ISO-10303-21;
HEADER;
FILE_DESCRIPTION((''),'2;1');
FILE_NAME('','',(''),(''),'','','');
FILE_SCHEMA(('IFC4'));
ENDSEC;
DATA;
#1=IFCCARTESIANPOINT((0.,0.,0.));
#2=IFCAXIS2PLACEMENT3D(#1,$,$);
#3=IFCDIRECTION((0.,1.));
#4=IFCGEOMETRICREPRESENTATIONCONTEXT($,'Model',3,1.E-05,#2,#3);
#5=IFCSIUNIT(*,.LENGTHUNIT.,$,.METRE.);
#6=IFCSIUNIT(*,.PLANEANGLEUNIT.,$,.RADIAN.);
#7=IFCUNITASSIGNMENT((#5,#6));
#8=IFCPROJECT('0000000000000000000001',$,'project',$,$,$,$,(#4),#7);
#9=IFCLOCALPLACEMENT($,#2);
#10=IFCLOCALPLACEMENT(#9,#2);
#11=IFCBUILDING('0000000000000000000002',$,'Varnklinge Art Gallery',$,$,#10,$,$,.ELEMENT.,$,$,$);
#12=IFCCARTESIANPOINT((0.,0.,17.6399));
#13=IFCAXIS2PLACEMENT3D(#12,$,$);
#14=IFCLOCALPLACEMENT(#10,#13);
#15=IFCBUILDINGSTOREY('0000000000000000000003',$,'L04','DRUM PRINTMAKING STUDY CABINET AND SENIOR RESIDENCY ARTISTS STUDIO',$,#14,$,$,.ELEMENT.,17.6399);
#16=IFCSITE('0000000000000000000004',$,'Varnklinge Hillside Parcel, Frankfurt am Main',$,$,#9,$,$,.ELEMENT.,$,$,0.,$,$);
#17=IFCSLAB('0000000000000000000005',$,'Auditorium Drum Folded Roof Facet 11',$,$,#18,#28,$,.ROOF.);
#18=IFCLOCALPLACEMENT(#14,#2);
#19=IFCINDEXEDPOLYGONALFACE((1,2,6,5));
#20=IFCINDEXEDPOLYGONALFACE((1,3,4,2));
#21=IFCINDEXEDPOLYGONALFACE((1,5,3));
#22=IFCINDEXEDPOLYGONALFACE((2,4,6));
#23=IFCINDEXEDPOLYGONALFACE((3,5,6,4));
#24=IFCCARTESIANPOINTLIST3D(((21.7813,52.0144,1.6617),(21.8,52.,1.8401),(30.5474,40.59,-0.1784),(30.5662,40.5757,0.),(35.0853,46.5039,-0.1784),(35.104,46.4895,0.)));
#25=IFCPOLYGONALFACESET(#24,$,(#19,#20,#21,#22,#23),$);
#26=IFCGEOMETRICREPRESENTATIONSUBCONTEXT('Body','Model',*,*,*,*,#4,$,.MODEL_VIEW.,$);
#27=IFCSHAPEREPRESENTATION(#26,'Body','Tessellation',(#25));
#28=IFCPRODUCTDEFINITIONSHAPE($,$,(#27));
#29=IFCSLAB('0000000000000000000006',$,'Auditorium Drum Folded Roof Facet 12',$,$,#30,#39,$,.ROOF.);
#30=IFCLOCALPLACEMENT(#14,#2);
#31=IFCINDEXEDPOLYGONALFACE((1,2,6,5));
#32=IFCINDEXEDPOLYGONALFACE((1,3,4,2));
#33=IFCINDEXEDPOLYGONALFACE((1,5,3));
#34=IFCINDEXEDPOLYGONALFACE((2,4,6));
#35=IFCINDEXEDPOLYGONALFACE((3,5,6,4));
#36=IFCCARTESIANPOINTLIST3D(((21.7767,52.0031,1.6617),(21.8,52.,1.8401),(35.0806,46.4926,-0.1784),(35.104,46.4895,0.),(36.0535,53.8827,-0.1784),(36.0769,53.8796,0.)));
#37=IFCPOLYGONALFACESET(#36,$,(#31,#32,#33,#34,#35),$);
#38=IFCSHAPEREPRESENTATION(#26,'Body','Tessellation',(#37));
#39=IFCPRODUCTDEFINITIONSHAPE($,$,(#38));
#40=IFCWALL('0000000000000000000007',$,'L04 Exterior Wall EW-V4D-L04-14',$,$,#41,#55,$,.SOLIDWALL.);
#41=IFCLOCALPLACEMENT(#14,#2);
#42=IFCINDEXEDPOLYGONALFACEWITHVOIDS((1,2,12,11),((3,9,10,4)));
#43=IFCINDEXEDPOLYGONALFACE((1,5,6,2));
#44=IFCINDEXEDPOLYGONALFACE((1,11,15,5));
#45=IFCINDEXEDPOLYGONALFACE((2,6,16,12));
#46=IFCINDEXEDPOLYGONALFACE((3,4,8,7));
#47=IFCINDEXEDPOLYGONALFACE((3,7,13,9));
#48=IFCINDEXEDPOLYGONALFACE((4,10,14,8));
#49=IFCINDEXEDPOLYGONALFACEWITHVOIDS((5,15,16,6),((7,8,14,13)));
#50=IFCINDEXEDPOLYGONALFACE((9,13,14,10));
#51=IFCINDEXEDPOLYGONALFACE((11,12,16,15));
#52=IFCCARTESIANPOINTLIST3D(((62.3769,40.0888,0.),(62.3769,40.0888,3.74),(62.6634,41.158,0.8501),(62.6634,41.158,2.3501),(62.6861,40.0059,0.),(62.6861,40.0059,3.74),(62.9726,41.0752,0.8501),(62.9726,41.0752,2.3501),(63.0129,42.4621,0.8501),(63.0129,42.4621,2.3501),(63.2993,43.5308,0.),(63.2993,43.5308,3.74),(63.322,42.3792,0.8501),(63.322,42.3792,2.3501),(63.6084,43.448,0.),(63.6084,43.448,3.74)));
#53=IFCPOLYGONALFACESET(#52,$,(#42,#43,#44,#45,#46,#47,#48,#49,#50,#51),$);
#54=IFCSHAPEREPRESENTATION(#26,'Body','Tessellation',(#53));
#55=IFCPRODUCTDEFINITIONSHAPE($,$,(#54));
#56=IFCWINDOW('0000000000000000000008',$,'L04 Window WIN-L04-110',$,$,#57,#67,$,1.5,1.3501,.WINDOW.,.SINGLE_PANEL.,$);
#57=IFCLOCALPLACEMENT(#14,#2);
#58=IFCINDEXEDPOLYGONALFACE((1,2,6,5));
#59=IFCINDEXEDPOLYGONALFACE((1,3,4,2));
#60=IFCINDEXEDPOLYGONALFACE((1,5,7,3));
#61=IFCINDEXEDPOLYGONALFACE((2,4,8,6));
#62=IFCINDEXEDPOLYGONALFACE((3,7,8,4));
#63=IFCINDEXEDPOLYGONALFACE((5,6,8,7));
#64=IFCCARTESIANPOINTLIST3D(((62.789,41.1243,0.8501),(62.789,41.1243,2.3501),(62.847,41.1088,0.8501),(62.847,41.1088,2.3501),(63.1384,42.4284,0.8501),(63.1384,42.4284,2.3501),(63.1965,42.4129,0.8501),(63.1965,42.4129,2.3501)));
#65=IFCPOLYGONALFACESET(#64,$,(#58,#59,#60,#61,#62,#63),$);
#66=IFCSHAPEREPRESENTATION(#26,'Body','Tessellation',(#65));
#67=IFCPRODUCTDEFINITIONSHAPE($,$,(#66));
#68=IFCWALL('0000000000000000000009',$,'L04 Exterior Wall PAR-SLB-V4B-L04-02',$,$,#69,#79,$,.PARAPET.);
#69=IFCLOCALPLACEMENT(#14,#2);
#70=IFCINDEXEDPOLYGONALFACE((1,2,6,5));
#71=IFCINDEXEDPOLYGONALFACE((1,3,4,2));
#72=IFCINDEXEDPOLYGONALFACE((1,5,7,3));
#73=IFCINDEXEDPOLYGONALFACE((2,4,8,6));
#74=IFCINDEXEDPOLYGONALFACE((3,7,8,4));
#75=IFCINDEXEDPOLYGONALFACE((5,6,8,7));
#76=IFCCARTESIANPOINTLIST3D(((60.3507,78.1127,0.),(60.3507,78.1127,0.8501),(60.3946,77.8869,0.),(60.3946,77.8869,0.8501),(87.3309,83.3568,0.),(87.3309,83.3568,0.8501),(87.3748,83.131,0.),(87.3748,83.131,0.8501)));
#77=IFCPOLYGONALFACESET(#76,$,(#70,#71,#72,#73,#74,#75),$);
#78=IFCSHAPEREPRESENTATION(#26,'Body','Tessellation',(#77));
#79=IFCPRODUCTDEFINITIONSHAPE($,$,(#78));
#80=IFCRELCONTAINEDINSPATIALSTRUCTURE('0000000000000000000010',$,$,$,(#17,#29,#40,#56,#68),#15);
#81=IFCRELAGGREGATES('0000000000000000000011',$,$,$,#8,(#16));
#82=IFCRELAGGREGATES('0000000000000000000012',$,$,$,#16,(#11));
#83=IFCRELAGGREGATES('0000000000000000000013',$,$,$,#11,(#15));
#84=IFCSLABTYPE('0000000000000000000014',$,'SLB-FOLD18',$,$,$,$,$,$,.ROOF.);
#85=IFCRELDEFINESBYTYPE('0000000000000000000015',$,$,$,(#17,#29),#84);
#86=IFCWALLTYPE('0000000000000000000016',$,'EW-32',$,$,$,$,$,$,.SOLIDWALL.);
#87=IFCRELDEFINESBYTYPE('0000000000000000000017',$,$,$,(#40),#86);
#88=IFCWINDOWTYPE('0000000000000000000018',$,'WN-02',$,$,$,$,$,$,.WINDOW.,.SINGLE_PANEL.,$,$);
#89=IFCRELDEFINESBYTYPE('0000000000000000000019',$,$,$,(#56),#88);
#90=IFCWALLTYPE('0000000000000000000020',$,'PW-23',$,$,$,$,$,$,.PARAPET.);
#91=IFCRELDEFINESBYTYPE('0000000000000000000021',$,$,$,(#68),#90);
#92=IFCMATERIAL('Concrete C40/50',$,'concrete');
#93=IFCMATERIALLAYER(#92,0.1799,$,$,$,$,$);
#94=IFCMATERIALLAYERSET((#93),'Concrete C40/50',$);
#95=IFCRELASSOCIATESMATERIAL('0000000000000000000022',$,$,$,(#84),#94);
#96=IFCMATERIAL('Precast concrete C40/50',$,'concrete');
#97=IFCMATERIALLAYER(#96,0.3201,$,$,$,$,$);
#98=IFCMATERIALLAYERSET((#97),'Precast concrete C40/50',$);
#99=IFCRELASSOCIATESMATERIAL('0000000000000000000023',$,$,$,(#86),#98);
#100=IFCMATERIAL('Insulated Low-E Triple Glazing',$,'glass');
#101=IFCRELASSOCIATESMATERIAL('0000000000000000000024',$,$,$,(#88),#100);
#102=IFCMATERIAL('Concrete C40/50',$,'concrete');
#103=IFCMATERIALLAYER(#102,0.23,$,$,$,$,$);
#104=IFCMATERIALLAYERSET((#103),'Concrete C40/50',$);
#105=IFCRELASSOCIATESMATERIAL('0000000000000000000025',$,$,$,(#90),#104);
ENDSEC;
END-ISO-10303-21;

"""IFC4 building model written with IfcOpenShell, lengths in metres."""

from ifc_helpers import new_model, si_unit, direction, frame, frame_2d, origin, place, context, subcontext, project, spatial, polyline, rectangle, outline, extrude, material, layer, layer_set, type_object, element, fill, save


model = new_model("IFC4")

# Units and contexts
model_context = context("Model", 3, precision=1e-05, world=origin(), true_north=direction((0.0, 1.0)))
body_context = subcontext(model_context, "Body", "Model", "MODEL_VIEW")
ifc_project = project(units=[si_unit("LENGTHUNIT", "METRE"), si_unit("PLANEANGLEUNIT", "RADIAN")], contexts=[model_context])

# Site, building, storey
site_placement = place(None, origin())
site = spatial("IfcSite", under=ifc_project, at=site_placement, Name="Varnklinge Hillside Parcel, Frankfurt am Main", CompositionType="ELEMENT", RefElevation=0.0)
building_placement = place(site_placement, origin())
building = spatial("IfcBuilding", under=site, at=building_placement, Name="Varnklinge Art Gallery", CompositionType="ELEMENT")
storey_placement = place(building_placement, frame((0.0, 0.0, 17.6399)))
storey = spatial("IfcBuildingStorey", under=building, at=storey_placement, Name="L04", Description="DRUM PRINTMAKING STUDY CABINET AND SENIOR RESIDENCY ARTISTS STUDIO", CompositionType="ELEMENT", Elevation=17.6399)

# Slabs
ifc_material_1 = material(Name="Concrete C40/50", Category="concrete")
ifc_layer_1 = layer(ifc_material_1, 0.1799)
ifc_layer_set_1 = layer_set([ifc_layer_1], Name="Concrete C40/50")
slab_type = type_object("IfcSlabType", Name="SLB-FOLD18", PredefinedType="ROOF", material=ifc_layer_set_1)
slab_1_placement = place(storey_placement, frame((30.5662, 40.5757, 0.0), z_axis=(0.104048, -0.079839, 0.991363), x_axis=(0.608762, 0.793353, 0.0)))
element("IfcSlab", 1, at=slab_1_placement, inside=storey, type_object=slab_type, Name="Auditorium Drum Folded Roof Facet 11", PredefinedType="ROOF", context=body_context, shape_type="SweptSolid", body=[
    extrude(outline(polyline([(0.0, 0.0), (7.4542, 0.0), (3.727, 14.0305), (0.0, 0.0)])), origin(), (0.0, 0.0, -1.0), 0.1799),
])
slab_2_placement = place(storey_placement, frame((35.104, 46.4895, 0.0), z_axis=(0.130027, -0.017118, 0.991363), x_axis=(0.130522, 0.991445, 0.0)))
element("IfcSlab", 2, at=slab_2_placement, inside=storey, type_object=slab_type, Name="Auditorium Drum Folded Roof Facet 12", PredefinedType="ROOF", context=body_context, shape_type="SweptSolid", body=[
    extrude(outline(polyline([(0.0, 0.0), (7.4539, 0.0), (3.7269, 14.0306), (0.0, 0.0)])), origin(), (0.0, 0.0, -1.0), 0.1799),
])

# Wall, opening, window
ifc_material_2 = material(Name="Precast concrete C40/50", Category="concrete")
ifc_layer_2 = layer(ifc_material_2, 0.3201)
ifc_layer_set_2 = layer_set([ifc_layer_2], Name="Precast concrete C40/50")
wall_type_1 = type_object("IfcWallType", Name="EW-32", PredefinedType="SOLIDWALL", material=ifc_layer_set_2)
wall_1_placement = place(storey_placement, frame((62.5315, 40.0474, 0.0), z_axis=(0.0, 0.0, 1.0), x_axis=(0.258831, 0.965923, 0.0)))
wall_1 = element("IfcWall", 3, at=wall_1_placement, inside=storey, type_object=wall_type_1, Name="L04 Exterior Wall EW-V4D-L04-14", PredefinedType="SOLIDWALL", context=body_context, shape_type="SweptSolid", body=[
    extrude(rectangle(XDim=3.5635, YDim=0.3201, at=frame_2d((1.7817, 0.0))), origin(), (0.0, 0.0, 1.0), 3.74),
])
opening_placement = place(wall_1_placement, frame((1.1069, 0.0, 0.8501)))
opening = element("IfcOpeningElement", 4, at=opening_placement, cuts=wall_1, PredefinedType="OPENING", context=body_context, shape_type="SweptSolid", body=[
    extrude(rectangle(XDim=1.3501, YDim=1.5, at=frame_2d((0.675, 0.75))), frame((0.0, 0.1702, 0.0), z_axis=(0.0, -1.0, 0.0), x_axis=(1.0, 0.0, 0.0)), (0.0, 0.0, 1.0), 0.3401),
])
ifc_material_3 = material(Name="Insulated Low-E Triple Glazing", Category="glass")
window_type = type_object("IfcWindowType", Name="WN-02", PartitioningType="SINGLE_PANEL", PredefinedType="WINDOW", material=ifc_material_3)
window_placement = place(opening_placement, origin())
window = element("IfcWindow", 5, at=window_placement, inside=storey, type_object=window_type, Name="L04 Window WIN-L04-110", OverallHeight=1.5, OverallWidth=1.3501, PartitioningType="SINGLE_PANEL", PredefinedType="WINDOW", context=body_context, shape_type="SweptSolid", body=[
    extrude(rectangle(XDim=1.3501, YDim=1.5, at=frame_2d((0.675, 0.75))), frame((0.0, 0.03, 0.0), z_axis=(0.0, -1.0, 0.0), x_axis=(1.0, 0.0, 0.0)), (0.0, 0.0, 1.0), 0.0601),
])
fill(opening, window)

# Wall
ifc_material_4 = material(Name="Concrete C40/50", Category="concrete")
ifc_layer_3 = layer(ifc_material_4, 0.23)
ifc_layer_set_3 = layer_set([ifc_layer_3], Name="Concrete C40/50")
wall_type_2 = type_object("IfcWallType", Name="PW-23", PredefinedType="PARAPET", material=ifc_layer_set_3)
wall_2_placement = place(storey_placement, frame((60.3726, 77.9998, 0.0), z_axis=(0.0, 0.0, 1.0), x_axis=(0.981629, 0.190799, 0.0)))
element("IfcWall", 6, at=wall_2_placement, inside=storey, type_object=wall_type_2, Name="L04 Exterior Wall PAR-SLB-V4B-L04-02", PredefinedType="PARAPET", context=body_context, shape_type="SweptSolid", body=[
    extrude(rectangle(XDim=27.4851, YDim=0.23, at=frame_2d((13.7427, 0.0))), origin(), (0.0, 0.0, 1.0), 0.8501),
])

save(model, "model.ifc")
